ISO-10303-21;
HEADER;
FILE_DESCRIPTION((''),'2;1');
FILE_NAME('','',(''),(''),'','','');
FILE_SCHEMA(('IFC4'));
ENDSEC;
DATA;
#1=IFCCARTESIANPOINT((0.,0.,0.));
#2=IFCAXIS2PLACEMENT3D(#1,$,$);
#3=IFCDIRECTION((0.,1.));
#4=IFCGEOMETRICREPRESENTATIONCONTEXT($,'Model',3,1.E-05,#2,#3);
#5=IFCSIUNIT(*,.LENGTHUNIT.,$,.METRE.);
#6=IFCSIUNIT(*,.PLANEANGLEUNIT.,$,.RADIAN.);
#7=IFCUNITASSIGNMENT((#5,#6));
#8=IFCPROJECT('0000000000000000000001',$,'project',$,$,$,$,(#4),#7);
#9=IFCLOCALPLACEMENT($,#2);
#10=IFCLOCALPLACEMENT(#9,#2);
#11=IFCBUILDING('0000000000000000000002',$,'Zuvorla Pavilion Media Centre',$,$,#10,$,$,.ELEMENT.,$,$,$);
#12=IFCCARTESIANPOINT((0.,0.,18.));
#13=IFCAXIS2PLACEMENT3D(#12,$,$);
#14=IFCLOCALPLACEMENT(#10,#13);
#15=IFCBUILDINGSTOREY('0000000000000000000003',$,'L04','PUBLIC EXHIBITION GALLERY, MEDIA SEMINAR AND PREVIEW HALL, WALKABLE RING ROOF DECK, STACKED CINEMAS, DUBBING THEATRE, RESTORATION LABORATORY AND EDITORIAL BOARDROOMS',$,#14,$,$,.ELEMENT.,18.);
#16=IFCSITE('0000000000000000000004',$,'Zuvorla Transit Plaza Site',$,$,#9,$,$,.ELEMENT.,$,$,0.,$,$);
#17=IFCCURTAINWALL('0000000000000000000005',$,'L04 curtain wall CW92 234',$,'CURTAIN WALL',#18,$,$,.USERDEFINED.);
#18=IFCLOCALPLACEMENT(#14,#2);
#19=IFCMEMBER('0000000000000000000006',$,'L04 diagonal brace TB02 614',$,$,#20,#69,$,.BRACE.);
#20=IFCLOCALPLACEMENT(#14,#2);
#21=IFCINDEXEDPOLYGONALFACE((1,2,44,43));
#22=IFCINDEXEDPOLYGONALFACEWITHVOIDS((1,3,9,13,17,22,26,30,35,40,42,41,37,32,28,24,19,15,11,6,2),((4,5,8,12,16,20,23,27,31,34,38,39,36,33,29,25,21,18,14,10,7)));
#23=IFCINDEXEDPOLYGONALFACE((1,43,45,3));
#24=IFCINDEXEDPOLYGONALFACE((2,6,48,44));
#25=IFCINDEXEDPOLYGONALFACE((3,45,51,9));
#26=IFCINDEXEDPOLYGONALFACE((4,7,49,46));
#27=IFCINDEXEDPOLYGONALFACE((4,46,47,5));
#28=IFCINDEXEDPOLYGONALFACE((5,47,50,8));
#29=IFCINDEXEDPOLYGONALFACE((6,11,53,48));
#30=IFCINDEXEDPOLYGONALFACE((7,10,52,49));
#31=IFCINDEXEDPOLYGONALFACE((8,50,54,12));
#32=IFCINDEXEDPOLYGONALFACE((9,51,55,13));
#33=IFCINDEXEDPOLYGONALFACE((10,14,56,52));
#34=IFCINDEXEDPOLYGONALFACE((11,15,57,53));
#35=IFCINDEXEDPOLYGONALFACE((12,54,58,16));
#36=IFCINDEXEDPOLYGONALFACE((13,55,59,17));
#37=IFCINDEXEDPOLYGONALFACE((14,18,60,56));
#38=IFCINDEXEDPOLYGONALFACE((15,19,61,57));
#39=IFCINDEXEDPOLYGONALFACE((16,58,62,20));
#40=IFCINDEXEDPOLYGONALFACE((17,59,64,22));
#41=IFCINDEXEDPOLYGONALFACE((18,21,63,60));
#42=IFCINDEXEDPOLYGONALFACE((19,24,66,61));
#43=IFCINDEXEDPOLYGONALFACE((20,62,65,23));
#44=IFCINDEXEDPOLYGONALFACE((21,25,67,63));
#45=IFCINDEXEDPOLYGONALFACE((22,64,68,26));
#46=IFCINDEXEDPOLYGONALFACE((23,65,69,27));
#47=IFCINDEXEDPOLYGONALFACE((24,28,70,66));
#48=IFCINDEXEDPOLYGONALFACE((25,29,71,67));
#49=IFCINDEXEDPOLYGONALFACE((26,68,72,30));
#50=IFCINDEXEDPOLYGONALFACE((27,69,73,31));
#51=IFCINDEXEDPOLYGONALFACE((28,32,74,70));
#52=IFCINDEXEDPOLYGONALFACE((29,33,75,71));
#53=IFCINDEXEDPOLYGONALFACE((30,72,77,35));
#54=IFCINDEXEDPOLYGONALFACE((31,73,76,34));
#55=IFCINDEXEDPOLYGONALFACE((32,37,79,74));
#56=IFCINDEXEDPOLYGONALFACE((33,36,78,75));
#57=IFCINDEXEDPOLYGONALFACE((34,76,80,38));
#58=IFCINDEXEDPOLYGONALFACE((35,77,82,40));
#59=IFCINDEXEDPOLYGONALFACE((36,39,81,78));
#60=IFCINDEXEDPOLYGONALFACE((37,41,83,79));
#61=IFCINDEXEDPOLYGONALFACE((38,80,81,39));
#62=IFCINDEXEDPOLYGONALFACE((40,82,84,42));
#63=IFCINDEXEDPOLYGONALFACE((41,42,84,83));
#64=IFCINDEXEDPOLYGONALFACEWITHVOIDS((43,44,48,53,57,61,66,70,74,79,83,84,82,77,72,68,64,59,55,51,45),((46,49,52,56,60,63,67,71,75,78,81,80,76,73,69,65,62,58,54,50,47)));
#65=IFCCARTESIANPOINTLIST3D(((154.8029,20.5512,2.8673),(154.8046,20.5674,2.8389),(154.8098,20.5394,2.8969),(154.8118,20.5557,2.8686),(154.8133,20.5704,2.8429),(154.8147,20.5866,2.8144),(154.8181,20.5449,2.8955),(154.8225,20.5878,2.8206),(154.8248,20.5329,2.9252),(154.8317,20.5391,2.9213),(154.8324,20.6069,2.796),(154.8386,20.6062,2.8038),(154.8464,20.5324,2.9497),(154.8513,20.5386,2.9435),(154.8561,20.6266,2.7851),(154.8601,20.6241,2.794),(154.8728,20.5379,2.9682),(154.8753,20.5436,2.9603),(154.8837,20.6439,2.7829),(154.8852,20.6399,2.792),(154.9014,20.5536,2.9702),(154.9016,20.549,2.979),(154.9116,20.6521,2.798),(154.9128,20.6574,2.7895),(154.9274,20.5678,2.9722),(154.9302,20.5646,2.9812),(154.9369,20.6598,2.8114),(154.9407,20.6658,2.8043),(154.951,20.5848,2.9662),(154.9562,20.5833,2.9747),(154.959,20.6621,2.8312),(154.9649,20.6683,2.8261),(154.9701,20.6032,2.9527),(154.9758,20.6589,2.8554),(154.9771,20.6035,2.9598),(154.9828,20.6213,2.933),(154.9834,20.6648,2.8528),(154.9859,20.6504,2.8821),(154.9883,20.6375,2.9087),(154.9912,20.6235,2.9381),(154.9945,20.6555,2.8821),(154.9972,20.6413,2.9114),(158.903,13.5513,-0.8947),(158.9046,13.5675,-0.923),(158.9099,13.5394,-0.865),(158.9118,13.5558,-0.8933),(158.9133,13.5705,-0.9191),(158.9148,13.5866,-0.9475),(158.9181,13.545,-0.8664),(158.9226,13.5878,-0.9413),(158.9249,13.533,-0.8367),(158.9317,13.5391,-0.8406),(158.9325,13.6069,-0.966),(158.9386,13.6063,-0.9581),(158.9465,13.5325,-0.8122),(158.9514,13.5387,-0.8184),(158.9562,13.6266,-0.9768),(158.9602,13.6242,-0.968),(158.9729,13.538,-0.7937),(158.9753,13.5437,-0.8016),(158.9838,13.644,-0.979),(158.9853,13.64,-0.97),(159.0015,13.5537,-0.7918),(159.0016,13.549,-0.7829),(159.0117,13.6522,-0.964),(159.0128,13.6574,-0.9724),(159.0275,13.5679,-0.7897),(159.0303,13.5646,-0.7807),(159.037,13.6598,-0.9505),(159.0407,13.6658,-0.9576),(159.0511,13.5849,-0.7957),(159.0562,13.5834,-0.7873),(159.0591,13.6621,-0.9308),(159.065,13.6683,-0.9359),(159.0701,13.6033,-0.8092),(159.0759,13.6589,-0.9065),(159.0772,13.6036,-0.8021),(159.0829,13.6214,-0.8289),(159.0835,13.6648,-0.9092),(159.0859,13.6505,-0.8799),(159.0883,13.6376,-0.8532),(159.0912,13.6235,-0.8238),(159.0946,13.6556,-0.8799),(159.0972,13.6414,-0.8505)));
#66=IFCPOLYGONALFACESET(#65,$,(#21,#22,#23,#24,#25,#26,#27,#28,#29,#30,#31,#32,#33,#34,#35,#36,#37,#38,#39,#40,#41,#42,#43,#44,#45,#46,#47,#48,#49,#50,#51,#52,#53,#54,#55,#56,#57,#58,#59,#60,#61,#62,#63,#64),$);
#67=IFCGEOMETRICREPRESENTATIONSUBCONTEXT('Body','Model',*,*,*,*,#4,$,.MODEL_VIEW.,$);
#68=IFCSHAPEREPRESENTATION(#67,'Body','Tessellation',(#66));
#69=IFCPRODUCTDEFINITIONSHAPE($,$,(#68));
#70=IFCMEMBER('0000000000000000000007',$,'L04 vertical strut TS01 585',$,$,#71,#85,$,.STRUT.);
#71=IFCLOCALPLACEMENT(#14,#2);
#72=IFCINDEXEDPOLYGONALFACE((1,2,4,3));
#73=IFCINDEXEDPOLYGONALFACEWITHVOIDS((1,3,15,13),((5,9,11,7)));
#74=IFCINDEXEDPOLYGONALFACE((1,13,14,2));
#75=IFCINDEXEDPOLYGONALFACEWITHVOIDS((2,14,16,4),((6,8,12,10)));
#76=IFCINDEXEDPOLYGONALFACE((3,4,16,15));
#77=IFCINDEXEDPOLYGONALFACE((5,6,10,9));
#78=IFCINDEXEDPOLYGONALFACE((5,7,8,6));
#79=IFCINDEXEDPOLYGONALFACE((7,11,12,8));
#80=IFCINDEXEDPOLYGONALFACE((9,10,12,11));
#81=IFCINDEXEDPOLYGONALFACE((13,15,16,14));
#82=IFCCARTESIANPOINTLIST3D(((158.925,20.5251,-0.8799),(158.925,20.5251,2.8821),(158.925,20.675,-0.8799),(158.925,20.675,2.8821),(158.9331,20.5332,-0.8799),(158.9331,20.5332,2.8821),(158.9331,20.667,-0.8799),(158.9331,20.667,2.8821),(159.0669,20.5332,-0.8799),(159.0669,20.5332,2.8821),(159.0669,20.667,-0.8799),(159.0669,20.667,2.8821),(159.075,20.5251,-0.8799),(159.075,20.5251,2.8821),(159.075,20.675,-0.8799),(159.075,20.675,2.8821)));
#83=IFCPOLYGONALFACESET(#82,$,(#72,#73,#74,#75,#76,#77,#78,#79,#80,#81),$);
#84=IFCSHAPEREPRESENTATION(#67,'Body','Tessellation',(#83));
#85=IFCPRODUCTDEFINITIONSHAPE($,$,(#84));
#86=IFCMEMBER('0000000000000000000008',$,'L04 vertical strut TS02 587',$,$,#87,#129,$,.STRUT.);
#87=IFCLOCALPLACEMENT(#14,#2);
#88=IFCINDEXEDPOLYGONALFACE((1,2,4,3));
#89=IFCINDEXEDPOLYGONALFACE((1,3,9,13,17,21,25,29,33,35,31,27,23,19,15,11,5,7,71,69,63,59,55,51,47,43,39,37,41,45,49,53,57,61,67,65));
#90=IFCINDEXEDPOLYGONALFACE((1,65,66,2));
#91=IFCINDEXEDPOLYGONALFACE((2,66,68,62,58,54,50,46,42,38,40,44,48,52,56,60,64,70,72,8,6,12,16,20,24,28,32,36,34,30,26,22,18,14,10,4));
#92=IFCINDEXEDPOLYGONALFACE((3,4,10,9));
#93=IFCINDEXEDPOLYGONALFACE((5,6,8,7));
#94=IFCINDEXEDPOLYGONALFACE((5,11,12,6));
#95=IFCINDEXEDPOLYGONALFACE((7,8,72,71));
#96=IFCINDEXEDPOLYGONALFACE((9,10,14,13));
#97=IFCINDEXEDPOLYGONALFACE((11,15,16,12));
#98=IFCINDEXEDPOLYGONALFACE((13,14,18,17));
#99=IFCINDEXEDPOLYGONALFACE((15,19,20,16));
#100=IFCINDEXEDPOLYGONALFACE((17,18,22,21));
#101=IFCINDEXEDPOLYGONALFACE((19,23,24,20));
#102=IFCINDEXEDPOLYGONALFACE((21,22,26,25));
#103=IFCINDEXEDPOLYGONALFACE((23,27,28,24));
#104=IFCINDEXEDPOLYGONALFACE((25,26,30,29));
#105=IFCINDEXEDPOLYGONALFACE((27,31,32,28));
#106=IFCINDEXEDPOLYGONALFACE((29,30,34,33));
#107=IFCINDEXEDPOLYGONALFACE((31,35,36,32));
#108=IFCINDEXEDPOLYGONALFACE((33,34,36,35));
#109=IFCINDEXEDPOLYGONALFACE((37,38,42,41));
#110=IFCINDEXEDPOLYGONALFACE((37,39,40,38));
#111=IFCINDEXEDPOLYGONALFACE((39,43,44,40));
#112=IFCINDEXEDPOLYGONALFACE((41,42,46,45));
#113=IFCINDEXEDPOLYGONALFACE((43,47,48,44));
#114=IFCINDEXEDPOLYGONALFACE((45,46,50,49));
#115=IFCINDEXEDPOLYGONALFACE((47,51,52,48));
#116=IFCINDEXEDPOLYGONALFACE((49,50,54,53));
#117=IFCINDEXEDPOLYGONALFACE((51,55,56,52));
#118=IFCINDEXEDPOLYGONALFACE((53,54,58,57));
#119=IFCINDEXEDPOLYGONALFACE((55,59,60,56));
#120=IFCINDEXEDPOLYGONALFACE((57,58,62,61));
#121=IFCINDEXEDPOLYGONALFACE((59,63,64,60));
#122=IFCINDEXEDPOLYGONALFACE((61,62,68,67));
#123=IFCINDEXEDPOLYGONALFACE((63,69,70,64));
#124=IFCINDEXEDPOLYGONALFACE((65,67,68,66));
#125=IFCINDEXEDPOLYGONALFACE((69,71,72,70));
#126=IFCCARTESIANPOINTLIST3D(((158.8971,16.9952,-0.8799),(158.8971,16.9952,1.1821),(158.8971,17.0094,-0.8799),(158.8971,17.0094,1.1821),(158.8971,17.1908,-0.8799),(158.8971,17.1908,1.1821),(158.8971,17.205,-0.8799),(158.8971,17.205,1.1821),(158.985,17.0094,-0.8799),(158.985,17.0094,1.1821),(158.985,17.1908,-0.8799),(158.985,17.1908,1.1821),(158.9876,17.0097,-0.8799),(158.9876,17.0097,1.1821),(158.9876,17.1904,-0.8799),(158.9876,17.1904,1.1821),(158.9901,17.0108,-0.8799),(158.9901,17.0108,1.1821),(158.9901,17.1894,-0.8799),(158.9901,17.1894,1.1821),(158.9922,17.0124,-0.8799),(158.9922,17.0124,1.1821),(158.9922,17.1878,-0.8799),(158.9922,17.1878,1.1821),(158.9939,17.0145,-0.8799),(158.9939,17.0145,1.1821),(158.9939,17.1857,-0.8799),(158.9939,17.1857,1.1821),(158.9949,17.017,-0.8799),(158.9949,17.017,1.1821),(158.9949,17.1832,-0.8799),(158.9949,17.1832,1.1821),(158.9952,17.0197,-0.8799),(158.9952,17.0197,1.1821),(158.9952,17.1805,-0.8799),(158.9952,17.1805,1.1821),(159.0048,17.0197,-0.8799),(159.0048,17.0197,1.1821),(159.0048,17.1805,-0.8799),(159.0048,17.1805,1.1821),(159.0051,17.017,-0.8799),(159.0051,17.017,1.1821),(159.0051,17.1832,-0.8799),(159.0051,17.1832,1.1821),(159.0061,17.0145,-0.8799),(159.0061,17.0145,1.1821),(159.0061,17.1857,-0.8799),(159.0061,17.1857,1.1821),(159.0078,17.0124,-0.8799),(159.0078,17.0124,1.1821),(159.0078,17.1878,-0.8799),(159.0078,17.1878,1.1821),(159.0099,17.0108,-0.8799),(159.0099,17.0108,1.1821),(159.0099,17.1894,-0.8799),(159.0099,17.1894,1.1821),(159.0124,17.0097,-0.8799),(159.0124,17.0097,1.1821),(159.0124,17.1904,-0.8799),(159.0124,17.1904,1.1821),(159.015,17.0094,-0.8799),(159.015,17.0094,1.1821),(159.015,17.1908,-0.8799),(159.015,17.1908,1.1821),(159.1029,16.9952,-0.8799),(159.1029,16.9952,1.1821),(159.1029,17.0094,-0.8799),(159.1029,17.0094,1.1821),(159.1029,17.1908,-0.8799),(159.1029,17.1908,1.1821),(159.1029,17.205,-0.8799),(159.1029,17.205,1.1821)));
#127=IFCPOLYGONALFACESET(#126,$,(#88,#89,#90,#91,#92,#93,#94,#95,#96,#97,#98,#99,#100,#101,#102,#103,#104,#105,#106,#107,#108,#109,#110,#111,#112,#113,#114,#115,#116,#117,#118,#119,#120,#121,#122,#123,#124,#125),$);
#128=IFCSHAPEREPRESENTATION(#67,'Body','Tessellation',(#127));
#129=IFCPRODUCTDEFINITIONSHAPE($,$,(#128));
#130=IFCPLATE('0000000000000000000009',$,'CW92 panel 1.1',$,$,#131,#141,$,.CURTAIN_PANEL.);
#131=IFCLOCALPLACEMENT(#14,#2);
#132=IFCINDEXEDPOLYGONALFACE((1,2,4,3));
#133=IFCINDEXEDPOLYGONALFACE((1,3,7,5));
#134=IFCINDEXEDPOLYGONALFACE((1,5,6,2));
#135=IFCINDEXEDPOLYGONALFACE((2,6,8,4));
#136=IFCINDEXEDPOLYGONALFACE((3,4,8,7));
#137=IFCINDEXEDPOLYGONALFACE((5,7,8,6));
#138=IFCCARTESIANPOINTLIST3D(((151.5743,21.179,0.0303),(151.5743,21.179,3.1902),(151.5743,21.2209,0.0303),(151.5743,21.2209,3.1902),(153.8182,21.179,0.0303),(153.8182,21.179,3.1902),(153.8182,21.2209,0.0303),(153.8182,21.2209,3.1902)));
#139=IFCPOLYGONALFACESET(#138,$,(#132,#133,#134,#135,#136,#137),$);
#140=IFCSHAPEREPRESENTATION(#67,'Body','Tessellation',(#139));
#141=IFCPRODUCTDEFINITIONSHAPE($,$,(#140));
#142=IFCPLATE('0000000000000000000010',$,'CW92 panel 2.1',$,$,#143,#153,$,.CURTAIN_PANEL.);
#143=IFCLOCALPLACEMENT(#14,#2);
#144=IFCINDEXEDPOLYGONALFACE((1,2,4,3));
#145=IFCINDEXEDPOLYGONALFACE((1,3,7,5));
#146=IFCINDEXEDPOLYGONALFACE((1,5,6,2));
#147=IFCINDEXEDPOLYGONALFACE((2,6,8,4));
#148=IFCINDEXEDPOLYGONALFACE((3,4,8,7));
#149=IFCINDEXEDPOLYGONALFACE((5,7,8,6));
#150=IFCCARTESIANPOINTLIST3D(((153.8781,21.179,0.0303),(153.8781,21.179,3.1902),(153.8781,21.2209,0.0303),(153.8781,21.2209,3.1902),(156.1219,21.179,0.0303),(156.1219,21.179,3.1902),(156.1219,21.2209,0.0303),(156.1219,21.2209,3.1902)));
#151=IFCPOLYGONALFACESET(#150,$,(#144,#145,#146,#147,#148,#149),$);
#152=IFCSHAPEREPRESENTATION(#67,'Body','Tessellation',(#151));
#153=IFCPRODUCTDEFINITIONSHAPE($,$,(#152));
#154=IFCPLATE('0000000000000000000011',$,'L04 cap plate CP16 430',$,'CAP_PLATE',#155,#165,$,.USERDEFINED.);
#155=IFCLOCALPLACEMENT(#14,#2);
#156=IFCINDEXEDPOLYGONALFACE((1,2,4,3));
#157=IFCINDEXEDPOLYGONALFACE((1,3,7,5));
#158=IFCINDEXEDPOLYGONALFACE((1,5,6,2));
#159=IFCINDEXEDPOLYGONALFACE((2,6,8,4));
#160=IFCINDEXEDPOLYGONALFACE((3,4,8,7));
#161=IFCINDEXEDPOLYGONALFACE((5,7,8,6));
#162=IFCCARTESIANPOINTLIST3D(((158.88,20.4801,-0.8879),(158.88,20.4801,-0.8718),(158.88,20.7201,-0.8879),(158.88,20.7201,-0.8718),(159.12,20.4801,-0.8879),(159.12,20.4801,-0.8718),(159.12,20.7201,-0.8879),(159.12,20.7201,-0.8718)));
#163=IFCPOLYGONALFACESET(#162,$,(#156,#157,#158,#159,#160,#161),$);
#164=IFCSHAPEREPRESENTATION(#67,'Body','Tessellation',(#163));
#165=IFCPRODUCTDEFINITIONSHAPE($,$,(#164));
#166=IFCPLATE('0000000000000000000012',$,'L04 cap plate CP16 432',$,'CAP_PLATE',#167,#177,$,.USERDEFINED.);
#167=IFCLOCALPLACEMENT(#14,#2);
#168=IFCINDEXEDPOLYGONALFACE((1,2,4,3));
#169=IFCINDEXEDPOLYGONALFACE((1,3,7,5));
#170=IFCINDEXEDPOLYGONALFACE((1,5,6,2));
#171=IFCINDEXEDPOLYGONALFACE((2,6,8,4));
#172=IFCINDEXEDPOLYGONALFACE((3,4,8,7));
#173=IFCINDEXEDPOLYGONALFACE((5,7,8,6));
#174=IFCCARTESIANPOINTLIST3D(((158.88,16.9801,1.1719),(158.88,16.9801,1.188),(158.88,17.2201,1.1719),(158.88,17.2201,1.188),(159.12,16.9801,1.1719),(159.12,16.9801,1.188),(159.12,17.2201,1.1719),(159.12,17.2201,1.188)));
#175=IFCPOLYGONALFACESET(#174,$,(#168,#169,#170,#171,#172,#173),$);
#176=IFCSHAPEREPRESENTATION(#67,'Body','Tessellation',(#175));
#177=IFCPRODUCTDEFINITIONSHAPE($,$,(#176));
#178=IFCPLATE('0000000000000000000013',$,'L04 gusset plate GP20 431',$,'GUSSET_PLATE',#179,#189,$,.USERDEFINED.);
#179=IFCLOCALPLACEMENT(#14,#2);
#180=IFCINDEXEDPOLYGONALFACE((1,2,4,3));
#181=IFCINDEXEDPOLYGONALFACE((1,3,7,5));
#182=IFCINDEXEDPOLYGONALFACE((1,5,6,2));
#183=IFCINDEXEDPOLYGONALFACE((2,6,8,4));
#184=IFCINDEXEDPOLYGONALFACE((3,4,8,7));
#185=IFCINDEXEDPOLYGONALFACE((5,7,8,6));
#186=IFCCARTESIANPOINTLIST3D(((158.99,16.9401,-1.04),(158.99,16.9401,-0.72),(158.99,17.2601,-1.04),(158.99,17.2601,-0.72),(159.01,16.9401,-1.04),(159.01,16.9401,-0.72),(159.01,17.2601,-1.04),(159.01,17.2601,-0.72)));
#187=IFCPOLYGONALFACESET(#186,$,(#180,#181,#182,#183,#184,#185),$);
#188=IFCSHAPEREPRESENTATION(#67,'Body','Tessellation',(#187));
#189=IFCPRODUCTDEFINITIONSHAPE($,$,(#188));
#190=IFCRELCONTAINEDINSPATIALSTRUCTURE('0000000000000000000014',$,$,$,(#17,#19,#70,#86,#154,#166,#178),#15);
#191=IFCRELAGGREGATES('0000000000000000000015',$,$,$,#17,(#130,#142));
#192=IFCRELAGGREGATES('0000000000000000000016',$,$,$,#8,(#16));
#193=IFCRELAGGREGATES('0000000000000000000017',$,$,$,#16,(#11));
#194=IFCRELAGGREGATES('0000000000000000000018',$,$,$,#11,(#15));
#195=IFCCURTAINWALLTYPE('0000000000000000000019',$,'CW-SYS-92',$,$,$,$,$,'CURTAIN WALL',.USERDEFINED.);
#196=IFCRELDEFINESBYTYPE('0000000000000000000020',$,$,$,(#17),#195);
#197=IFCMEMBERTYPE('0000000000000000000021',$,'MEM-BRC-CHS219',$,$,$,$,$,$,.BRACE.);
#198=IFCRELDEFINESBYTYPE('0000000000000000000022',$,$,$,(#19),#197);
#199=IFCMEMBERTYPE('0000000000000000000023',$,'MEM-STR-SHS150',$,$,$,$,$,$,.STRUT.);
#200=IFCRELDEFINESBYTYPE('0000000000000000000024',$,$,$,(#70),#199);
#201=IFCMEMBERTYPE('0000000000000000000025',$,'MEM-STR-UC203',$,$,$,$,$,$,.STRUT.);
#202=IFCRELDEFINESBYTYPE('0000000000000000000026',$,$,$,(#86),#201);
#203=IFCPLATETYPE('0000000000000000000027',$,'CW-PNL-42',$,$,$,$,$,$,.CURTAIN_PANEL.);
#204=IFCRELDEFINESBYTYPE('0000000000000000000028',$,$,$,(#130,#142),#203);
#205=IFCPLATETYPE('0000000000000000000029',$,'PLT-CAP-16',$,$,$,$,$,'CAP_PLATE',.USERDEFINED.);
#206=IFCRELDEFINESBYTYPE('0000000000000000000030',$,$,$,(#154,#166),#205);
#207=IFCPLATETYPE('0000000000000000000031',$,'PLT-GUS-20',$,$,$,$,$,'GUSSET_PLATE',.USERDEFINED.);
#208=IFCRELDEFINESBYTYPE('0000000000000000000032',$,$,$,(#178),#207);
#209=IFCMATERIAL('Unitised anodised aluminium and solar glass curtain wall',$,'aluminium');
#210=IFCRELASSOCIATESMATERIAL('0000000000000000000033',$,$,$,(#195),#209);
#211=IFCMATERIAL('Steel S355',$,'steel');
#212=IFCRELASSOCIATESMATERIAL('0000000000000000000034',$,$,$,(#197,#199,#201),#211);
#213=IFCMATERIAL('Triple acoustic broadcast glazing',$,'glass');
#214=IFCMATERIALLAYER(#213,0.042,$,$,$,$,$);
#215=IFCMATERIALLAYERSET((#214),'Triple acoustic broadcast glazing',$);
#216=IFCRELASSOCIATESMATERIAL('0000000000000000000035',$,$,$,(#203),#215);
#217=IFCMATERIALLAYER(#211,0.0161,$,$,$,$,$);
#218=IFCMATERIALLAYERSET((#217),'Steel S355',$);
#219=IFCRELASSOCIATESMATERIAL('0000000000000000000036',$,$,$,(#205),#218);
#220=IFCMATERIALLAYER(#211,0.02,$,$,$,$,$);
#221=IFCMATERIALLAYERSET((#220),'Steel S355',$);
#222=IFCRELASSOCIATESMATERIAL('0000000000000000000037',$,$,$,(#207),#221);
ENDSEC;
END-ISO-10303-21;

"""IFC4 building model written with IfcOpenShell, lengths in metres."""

from ifc_helpers import new_model, si_unit, direction, frame, origin, origin_2d, place, context, subcontext, project, spatial, rectangle, hollow_rectangle, hollow_circle, i_section, extrude, material, layer, layer_set, material_profile, profile_set, type_object, element, aggregate, save


model = new_model("IFC4")

# Units and contexts
model_context = context("Model", 3, precision=1e-05, world=origin(), true_north=direction((0.0, 1.0)))
body_context = subcontext(model_context, "Body", "Model", "MODEL_VIEW")
ifc_project = project(units=[si_unit("LENGTHUNIT", "METRE"), si_unit("PLANEANGLEUNIT", "RADIAN")], contexts=[model_context])

# Site, building, storey
site_placement = place(None, origin())
site = spatial("IfcSite", under=ifc_project, at=site_placement, Name="Zuvorla Transit Plaza Site", CompositionType="ELEMENT", RefElevation=0.0)
building_placement = place(site_placement, origin())
building = spatial("IfcBuilding", under=site, at=building_placement, Name="Zuvorla Pavilion Media Centre", CompositionType="ELEMENT")
storey_placement = place(building_placement, frame((0.0, 0.0, 18.0)))
storey = spatial("IfcBuildingStorey", under=building, at=storey_placement, Name="L04", Description="PUBLIC EXHIBITION GALLERY, MEDIA SEMINAR AND PREVIEW HALL, WALKABLE RING ROOF DECK, STACKED CINEMAS, DUBBING THEATRE, RESTORATION LABORATORY AND EDITORIAL BOARDROOMS", CompositionType="ELEMENT", Elevation=18.0)

# Curtain wall
ifc_material_1 = material(Name="Unitised anodised aluminium and solar glass curtain wall", Category="aluminium")
curtain_wall_type = type_object("IfcCurtainWallType", Name="CW-SYS-92", ElementType="CURTAIN WALL", PredefinedType="USERDEFINED", material=ifc_material_1)
curtain_wall_placement = place(storey_placement, origin())
curtain_wall = element("IfcCurtainWall", 1, at=curtain_wall_placement, inside=storey, type_object=curtain_wall_type, Name="L04 curtain wall CW92 234", ObjectType="CURTAIN WALL", PredefinedType="USERDEFINED")

# Members
ifc_material_2 = material(Name="Steel S355", Category="steel")
ifc_material_profile_1 = material_profile(ifc_material_2, hollow_circle(Radius=0.1096, WallThickness=0.01, at=origin_2d()), Name="CHS 219.1x10")
ifc_profile_set_1 = profile_set([ifc_material_profile_1], Name="Steel S355")
member_type_1 = type_object("IfcMemberType", Name="MEM-BRC-CHS219", PredefinedType="BRACE", material=ifc_profile_set_1)
member_1_placement = place(storey_placement, frame((154.8999, 20.6001, 2.8821), z_axis=(0.45851, -0.782804, -0.420697), x_axis=(0.862878, 0.505412, 0.0)))
element("IfcMember", 2, at=member_1_placement, inside=storey, type_object=member_type_1, Name="L04 diagonal brace TB02 614", PredefinedType="BRACE", context=body_context, shape_type="SweptSolid", body=[
    extrude(hollow_circle(Radius=0.1096, WallThickness=0.01, at=origin_2d()), origin(), (0.0, 0.0, 1.0), 8.9421),
])
ifc_material_profile_2 = material_profile(ifc_material_2, hollow_rectangle(XDim=0.1499, YDim=0.1499, WallThickness=0.0081, at=origin_2d()), Name="SHS 150x150x8")
ifc_profile_set_2 = profile_set([ifc_material_profile_2], Name="Steel S355")
member_type_2 = type_object("IfcMemberType", Name="MEM-STR-SHS150", PredefinedType="STRUT", material=ifc_profile_set_2)
member_2_placement = place(storey_placement, frame((159.0, 20.6001, -0.8799), z_axis=(0.0, 0.0, 1.0), x_axis=(1.0, 0.0, 0.0)))
element("IfcMember", 3, at=member_2_placement, inside=storey, type_object=member_type_2, Name="L04 vertical strut TS01 585", PredefinedType="STRUT", context=body_context, shape_type="SweptSolid", body=[
    extrude(hollow_rectangle(XDim=0.1499, YDim=0.1499, WallThickness=0.0081, at=origin_2d()), origin(), (0.0, 0.0, 1.0), 3.762),
])
ifc_material_profile_3 = material_profile(ifc_material_2, i_section(OverallWidth=0.2058, OverallDepth=0.2097, WebThickness=0.0095, FlangeThickness=0.0142, FilletRadius=0.0103, at=origin_2d()), Name="UC 203x203x60")
ifc_profile_set_3 = profile_set([ifc_material_profile_3], Name="Steel S355")
member_type_3 = type_object("IfcMemberType", Name="MEM-STR-UC203", PredefinedType="STRUT", material=ifc_profile_set_3)
member_3_placement = place(storey_placement, frame((159.0, 17.1001, -0.8799), z_axis=(0.0, 0.0, 1.0), x_axis=(1.0, 0.0, 0.0)))
element("IfcMember", 4, at=member_3_placement, inside=storey, type_object=member_type_3, Name="L04 vertical strut TS02 587", PredefinedType="STRUT", context=body_context, shape_type="SweptSolid", body=[
    extrude(i_section(OverallWidth=0.2058, OverallDepth=0.2097, WebThickness=0.0095, FlangeThickness=0.0142, FilletRadius=0.0103, at=origin_2d()), origin(), (0.0, 0.0, 1.0), 2.062),
])

# Plates
ifc_material_3 = material(Name="Triple acoustic broadcast glazing", Category="glass")
ifc_layer_1 = layer(ifc_material_3, 0.042)
ifc_layer_set_1 = layer_set([ifc_layer_1], Name="Triple acoustic broadcast glazing")
plate_type_1 = type_object("IfcPlateType", Name="CW-PNL-42", PredefinedType="CURTAIN_PANEL", material=ifc_layer_set_1)
plate_1_placement = place(storey_placement, frame((152.6963, 21.2, 0.0303), z_axis=(0.0, 0.0, 1.0), x_axis=(1.0, 0.0, 0.0)))
plate_1 = element("IfcPlate", 5, at=plate_1_placement, type_object=plate_type_1, Name="CW92 panel 1.1", PredefinedType="CURTAIN_PANEL", context=body_context, shape_type="SweptSolid", body=[
    extrude(rectangle(XDim=2.2439, YDim=0.042, at=origin_2d()), origin(), (0.0, 0.0, 1.0), 3.1599),
])
plate_2_placement = place(storey_placement, frame((155.0, 21.2, 0.0303), z_axis=(0.0, 0.0, 1.0), x_axis=(1.0, 0.0, 0.0)))
plate_2 = element("IfcPlate", 6, at=plate_2_placement, type_object=plate_type_1, Name="CW92 panel 2.1", PredefinedType="CURTAIN_PANEL", context=body_context, shape_type="SweptSolid", body=[
    extrude(rectangle(XDim=2.2439, YDim=0.042, at=origin_2d()), origin(), (0.0, 0.0, 1.0), 3.1599),
])
aggregate(curtain_wall, [plate_1, plate_2])

# Plates
ifc_layer_2 = layer(ifc_material_2, 0.0161)
ifc_layer_set_2 = layer_set([ifc_layer_2], Name="Steel S355")
plate_type_2 = type_object("IfcPlateType", Name="PLT-CAP-16", ElementType="CAP_PLATE", PredefinedType="USERDEFINED", material=ifc_layer_set_2)
for number, where, z_axis, x_axis, name in (
    (7, (159.0, 20.6001, -0.8879), (0.0, 0.0, 1.0), (1.0, 0.0, 0.0), "L04 cap plate CP16 430"),
    (8, (159.0, 17.1001, 1.1719), (0.0, 0.0, 1.0), (1.0, 0.0, 0.0), "L04 cap plate CP16 432"),
):
    element("IfcPlate", number, at=place(storey_placement, frame(where, z_axis=z_axis, x_axis=x_axis)), inside=storey, type_object=plate_type_2, Name=name, ObjectType="CAP_PLATE", PredefinedType="USERDEFINED", context=body_context, shape_type="SweptSolid", body=[
        extrude(rectangle(XDim=0.24, YDim=0.24, at=origin_2d()), origin(), (0.0, 0.0, 1.0), 0.0161),
    ])
ifc_layer_3 = layer(ifc_material_2, 0.02)
ifc_layer_set_3 = layer_set([ifc_layer_3], Name="Steel S355")
plate_type_3 = type_object("IfcPlateType", Name="PLT-GUS-20", ElementType="GUSSET_PLATE", PredefinedType="USERDEFINED", material=ifc_layer_set_3)
for number, where, z_axis, x_axis, name in (
    (9, (159.0, 17.1001, -1.04), (0.0, 0.0, 1.0), (1.0, 0.0, 0.0), "L04 gusset plate GP20 431"),
):
    element("IfcPlate", number, at=place(storey_placement, frame(where, z_axis=z_axis, x_axis=x_axis)), inside=storey, type_object=plate_type_3, Name=name, ObjectType="GUSSET_PLATE", PredefinedType="USERDEFINED", context=body_context, shape_type="SweptSolid", body=[
        extrude(rectangle(XDim=0.02, YDim=0.3201, at=origin_2d()), origin(), (0.0, 0.0, 1.0), 0.3201),
    ])

save(model, "model.ifc")
